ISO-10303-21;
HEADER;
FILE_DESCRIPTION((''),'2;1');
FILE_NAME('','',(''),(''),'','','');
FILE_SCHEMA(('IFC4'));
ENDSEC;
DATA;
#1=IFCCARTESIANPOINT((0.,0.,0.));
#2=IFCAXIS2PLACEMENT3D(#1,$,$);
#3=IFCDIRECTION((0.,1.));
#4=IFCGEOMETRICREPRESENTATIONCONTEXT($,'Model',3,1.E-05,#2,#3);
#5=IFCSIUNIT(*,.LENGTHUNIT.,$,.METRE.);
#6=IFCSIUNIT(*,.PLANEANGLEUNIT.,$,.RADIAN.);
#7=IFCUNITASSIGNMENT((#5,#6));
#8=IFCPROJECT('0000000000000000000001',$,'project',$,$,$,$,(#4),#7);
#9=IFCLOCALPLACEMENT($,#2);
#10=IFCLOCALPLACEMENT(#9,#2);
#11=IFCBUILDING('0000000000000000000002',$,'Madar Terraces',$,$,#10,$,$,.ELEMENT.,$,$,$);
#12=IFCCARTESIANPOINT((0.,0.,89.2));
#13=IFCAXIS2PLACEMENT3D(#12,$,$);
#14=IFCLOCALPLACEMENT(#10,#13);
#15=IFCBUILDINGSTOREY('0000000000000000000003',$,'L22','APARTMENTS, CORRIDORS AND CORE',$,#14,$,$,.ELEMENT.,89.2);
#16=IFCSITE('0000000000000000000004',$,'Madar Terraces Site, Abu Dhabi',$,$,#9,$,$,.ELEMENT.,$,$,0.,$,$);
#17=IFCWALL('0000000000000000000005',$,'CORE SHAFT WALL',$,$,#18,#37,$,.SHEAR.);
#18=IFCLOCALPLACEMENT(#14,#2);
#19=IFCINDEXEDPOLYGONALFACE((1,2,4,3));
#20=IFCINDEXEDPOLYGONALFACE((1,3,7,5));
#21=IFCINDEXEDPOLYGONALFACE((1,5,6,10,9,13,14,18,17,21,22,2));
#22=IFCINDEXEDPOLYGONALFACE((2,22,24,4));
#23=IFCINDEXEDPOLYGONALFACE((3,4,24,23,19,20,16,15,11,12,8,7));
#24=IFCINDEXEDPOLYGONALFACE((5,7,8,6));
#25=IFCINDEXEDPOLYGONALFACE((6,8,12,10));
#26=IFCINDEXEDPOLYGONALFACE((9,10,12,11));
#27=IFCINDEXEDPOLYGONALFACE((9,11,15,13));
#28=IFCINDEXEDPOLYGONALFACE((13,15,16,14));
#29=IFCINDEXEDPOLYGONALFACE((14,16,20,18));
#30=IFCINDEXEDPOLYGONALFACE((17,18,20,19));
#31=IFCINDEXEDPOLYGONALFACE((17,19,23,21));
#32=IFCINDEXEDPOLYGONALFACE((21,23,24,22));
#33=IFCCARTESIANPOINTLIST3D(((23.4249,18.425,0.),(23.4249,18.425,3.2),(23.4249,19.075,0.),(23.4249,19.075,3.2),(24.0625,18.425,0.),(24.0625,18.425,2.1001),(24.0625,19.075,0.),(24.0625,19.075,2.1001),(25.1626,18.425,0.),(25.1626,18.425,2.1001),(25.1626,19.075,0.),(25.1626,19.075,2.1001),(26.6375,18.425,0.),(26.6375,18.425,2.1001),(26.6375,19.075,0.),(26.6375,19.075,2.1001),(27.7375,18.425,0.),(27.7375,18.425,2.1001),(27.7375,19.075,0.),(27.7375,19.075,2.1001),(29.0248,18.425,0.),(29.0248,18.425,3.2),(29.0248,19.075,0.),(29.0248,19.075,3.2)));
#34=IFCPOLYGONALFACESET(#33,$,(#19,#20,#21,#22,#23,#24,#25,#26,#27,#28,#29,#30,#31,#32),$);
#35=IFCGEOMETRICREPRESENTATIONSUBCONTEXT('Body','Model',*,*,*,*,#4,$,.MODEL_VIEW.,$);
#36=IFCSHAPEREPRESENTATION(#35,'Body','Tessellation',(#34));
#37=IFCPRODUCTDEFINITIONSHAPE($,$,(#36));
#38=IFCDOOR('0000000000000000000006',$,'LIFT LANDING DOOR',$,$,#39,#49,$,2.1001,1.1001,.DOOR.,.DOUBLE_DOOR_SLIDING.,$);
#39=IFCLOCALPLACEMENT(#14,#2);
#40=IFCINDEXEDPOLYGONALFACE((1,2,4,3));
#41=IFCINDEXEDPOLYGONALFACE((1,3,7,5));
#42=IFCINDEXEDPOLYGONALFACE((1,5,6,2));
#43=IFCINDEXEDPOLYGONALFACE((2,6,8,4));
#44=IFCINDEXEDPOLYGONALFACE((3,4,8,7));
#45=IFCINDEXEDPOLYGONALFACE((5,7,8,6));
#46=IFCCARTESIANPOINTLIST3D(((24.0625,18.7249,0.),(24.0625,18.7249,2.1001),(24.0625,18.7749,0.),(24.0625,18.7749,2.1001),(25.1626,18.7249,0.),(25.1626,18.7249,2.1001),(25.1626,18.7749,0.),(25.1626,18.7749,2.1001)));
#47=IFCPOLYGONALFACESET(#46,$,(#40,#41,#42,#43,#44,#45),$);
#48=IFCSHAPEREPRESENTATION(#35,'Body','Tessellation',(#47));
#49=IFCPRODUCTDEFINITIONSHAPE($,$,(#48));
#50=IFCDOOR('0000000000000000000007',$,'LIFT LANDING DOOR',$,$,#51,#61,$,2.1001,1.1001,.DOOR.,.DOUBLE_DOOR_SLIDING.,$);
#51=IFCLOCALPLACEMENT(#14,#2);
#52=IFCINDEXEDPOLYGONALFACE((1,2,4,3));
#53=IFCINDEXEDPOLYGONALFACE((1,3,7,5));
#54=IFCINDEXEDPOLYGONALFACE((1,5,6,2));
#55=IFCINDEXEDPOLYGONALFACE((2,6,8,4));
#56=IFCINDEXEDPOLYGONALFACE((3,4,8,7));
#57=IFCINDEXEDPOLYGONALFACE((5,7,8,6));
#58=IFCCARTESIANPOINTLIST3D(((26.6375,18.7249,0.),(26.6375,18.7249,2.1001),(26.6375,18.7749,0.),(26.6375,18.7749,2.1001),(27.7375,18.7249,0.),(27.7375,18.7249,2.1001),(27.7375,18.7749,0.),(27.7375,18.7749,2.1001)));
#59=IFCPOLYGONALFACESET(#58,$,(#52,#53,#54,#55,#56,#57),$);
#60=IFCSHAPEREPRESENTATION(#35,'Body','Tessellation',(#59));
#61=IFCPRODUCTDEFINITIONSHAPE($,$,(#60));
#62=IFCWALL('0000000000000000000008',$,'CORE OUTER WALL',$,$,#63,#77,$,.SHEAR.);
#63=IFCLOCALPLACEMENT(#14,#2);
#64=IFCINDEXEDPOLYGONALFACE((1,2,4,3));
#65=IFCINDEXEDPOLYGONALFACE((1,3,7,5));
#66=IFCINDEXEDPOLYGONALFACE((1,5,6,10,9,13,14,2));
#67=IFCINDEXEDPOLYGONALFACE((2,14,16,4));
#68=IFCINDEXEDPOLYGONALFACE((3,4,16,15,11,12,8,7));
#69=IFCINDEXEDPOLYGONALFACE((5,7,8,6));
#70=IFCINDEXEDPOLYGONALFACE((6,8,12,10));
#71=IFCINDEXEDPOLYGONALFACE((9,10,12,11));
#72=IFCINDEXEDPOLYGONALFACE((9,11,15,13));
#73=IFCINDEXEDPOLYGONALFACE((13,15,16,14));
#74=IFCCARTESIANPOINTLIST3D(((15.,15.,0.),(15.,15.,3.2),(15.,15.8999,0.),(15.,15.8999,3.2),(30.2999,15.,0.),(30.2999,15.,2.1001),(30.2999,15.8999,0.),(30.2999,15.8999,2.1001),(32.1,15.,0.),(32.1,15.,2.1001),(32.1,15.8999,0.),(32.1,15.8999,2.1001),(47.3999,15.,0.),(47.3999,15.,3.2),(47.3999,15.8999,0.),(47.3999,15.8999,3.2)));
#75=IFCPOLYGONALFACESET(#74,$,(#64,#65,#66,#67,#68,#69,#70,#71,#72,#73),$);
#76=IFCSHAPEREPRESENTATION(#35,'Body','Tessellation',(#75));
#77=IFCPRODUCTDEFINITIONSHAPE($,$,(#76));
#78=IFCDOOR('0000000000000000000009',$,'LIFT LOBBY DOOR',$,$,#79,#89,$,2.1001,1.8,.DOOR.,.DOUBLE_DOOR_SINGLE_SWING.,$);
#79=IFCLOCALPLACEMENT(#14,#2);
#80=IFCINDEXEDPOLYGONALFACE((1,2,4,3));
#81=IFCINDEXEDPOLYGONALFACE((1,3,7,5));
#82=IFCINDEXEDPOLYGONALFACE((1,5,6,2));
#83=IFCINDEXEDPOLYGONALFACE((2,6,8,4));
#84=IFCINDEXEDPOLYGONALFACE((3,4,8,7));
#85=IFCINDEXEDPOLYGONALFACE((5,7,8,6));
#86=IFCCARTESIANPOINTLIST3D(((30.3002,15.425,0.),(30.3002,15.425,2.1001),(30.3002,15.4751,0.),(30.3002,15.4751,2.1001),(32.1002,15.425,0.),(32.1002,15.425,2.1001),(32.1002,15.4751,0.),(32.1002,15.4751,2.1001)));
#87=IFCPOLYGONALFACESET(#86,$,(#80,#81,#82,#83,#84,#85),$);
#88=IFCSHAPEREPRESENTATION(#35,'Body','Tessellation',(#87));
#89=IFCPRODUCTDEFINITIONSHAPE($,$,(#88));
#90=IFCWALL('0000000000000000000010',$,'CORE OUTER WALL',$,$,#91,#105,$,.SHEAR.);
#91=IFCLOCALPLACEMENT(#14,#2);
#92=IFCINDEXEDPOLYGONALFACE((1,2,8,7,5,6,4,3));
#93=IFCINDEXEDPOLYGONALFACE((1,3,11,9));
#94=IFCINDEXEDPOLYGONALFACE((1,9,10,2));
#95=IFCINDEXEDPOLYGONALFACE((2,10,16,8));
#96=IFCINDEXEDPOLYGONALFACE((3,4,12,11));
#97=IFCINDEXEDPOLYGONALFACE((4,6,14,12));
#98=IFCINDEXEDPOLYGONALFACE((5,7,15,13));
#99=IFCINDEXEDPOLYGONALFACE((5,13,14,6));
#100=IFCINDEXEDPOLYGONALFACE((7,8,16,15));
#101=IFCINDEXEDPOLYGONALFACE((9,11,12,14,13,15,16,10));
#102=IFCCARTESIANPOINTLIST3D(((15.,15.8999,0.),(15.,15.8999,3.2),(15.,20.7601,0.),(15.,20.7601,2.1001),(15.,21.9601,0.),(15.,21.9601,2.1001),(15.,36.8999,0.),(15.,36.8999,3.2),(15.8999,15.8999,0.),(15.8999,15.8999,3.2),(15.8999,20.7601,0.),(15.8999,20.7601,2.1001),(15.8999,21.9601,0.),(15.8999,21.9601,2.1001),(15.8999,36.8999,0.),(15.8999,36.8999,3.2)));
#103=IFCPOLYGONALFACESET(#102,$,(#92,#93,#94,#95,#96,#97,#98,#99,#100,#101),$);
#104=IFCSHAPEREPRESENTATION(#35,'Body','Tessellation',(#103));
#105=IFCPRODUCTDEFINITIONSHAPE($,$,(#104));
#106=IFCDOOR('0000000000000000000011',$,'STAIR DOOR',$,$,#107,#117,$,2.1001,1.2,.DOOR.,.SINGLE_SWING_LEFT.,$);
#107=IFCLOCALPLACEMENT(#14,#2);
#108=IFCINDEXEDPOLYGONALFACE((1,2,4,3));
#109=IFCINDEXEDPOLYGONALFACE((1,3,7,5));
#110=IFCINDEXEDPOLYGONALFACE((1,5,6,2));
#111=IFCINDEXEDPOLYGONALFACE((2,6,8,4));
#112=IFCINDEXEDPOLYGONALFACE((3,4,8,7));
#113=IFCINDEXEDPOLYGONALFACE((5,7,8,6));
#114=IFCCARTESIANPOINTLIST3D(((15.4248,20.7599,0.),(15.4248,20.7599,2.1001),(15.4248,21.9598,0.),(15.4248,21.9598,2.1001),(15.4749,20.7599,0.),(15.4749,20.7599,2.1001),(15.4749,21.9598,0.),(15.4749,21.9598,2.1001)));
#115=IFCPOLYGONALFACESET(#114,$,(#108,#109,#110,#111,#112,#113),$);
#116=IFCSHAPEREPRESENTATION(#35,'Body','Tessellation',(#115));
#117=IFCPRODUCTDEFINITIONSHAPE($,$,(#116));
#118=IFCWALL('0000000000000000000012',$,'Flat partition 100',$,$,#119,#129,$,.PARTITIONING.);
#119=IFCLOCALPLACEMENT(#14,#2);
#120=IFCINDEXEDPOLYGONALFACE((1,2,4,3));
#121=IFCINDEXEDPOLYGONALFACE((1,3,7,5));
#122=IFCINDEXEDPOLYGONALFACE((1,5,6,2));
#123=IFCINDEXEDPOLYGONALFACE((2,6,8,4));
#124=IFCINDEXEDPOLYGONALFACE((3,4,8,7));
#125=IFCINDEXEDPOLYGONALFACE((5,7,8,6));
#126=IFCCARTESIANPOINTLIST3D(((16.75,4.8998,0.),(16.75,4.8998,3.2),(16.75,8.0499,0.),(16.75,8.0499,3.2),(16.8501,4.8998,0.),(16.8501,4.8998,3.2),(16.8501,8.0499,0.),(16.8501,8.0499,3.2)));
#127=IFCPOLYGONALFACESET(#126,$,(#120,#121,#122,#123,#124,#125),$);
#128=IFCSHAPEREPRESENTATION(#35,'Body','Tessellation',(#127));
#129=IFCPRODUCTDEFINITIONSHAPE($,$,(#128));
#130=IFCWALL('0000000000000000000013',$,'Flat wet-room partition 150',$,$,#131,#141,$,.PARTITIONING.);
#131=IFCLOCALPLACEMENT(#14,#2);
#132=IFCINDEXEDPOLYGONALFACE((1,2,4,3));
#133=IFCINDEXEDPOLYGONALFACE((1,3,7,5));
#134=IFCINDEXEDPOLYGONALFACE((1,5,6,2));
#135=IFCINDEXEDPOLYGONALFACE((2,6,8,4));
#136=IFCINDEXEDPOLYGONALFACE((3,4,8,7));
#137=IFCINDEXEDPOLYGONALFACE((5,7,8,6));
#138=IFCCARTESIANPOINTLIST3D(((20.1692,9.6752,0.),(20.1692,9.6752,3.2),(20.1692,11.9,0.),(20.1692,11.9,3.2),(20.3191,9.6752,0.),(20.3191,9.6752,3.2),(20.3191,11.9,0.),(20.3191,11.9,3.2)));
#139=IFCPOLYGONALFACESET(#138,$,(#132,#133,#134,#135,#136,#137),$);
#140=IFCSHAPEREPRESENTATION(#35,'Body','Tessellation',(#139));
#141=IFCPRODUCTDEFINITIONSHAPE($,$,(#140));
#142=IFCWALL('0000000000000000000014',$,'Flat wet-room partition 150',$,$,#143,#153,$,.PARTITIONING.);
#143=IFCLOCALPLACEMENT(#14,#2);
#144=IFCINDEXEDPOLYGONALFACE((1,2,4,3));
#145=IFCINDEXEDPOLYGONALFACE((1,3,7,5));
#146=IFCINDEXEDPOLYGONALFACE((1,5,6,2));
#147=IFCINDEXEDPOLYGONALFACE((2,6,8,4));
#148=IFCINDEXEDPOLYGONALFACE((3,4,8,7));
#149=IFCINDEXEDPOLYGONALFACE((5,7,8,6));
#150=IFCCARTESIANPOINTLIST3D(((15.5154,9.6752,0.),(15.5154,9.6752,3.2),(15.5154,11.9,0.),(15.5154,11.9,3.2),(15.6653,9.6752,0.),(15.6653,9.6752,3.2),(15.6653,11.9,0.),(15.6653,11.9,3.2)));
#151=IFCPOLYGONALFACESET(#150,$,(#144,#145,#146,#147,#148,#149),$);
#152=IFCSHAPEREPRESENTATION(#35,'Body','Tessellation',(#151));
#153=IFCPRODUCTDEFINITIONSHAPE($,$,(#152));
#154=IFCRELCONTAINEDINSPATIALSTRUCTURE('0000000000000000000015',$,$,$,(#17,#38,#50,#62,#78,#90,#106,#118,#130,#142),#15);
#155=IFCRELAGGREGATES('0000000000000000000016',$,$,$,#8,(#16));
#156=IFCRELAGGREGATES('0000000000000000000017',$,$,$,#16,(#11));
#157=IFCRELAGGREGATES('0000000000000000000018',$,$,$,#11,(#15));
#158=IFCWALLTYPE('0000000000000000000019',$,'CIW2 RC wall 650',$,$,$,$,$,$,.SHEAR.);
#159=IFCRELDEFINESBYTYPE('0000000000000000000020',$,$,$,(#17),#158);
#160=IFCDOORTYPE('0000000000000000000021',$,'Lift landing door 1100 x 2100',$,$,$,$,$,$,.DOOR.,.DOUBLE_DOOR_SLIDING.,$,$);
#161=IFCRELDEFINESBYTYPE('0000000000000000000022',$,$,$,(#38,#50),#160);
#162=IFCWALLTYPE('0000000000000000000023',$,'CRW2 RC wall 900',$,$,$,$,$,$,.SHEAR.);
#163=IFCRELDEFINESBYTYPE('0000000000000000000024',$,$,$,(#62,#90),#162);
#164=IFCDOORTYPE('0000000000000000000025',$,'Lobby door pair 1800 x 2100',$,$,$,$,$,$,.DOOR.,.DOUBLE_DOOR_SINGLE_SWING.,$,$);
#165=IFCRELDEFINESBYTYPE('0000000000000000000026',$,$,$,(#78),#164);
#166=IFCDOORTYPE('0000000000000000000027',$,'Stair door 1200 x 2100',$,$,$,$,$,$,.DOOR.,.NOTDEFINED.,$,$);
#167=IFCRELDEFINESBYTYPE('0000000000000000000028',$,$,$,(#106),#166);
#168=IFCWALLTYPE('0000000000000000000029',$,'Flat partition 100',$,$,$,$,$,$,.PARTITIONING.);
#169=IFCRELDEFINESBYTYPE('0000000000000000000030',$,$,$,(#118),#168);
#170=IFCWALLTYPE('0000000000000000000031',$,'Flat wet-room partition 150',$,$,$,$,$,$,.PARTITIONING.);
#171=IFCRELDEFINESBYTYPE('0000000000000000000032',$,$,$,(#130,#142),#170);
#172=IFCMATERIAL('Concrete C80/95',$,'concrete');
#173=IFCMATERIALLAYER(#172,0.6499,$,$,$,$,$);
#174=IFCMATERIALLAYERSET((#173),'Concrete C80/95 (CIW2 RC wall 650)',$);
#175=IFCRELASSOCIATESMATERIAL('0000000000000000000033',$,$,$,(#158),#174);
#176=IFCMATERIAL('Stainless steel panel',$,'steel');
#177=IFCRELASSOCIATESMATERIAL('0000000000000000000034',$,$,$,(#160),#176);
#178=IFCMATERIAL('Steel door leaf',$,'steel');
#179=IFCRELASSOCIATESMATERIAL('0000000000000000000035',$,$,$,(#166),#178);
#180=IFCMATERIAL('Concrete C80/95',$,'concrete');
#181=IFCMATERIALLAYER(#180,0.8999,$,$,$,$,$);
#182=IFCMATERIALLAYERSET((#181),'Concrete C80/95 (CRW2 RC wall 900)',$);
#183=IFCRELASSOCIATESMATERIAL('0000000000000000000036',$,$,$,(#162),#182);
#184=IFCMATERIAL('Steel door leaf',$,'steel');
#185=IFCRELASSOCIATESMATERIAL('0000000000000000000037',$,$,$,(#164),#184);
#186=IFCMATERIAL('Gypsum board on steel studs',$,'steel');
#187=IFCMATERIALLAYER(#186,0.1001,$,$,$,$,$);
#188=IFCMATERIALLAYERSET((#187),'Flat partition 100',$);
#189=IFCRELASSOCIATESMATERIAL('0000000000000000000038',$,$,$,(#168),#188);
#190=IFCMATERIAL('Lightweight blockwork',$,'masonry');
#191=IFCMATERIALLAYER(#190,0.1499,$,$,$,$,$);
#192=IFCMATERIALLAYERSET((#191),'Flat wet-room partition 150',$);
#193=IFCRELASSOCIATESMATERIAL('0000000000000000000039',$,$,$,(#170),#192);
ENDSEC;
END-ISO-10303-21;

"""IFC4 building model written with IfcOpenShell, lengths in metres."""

from ifc_helpers import new_model, si_unit, direction, frame, frame_2d, origin, place, context, subcontext, project, spatial, rectangle, extrude, material, layer, layer_set, type_object, element, fill, save


model = new_model("IFC4")

# Units and contexts
model_context = context("Model", 3, precision=1e-05, world=origin(), true_north=direction((0.0, 1.0)))
body_context = subcontext(model_context, "Body", "Model", "MODEL_VIEW")
ifc_project = project(units=[si_unit("LENGTHUNIT", "METRE"), si_unit("PLANEANGLEUNIT", "RADIAN")], contexts=[model_context])

# Site, building, storey
site_placement = place(None, origin())
site = spatial("IfcSite", under=ifc_project, at=site_placement, Name="Madar Terraces Site, Abu Dhabi", CompositionType="ELEMENT", RefElevation=0.0)
building_placement = place(site_placement, origin())
building = spatial("IfcBuilding", under=site, at=building_placement, Name="Madar Terraces", CompositionType="ELEMENT")
storey_placement = place(building_placement, frame((0.0, 0.0, 89.2)))
storey = spatial("IfcBuildingStorey", under=building, at=storey_placement, Name="L22", Description="APARTMENTS, CORRIDORS AND CORE", CompositionType="ELEMENT", Elevation=89.2)

# Shared definitions
ifc_material_1 = material(Name="Concrete C80/95", Category="concrete")
ifc_layer_1 = layer(ifc_material_1, 0.6499)
ifc_layer_set_1 = layer_set([ifc_layer_1], Name="Concrete C80/95 (CIW2 RC wall 650)")
wall_type_1 = type_object("IfcWallType", Name="CIW2 RC wall 650", PredefinedType="SHEAR", material=ifc_layer_set_1)
ifc_material_2 = material(Name="Stainless steel panel", Category="steel")
door_type_1 = type_object("IfcDoorType", Name="Lift landing door 1100 x 2100", OperationType="DOUBLE_DOOR_SLIDING", PredefinedType="DOOR", material=ifc_material_2)
ifc_material_3 = material(Name="Steel door leaf", Category="steel")
door_type_2 = type_object("IfcDoorType", Name="Stair door 1200 x 2100", OperationType="NOTDEFINED", PredefinedType="DOOR", material=ifc_material_3)

# Wall, openings, doors
wall_1_placement = place(storey_placement, frame((23.425, 18.75, 0.0), z_axis=(0.0, 0.0, 1.0), x_axis=(1.0, 0.0, 0.0)))
wall_1 = element("IfcWall", 1, at=wall_1_placement, inside=storey, type_object=wall_type_1, Name="CORE SHAFT WALL", PredefinedType="SHEAR", context=body_context, shape_type="SweptSolid", body=[
    extrude(rectangle(XDim=5.5999, YDim=0.6499, at=frame_2d((2.7998, 0.0))), origin(), (0.0, 0.0, 1.0), 3.2),
])
opening_1_placement = place(wall_1_placement, frame((0.6375, 0.0, 0.0)))
opening_1 = element("IfcOpeningElement", 2, at=opening_1_placement, cuts=wall_1, PredefinedType="OPENING", context=body_context, shape_type="SweptSolid", body=[
    extrude(rectangle(XDim=1.1001, YDim=2.1001, at=frame_2d((0.55, 1.05))), frame((0.0, 0.335, 0.0), z_axis=(0.0, -1.0, 0.0), x_axis=(1.0, 0.0, 0.0)), (0.0, 0.0, 1.0), 0.6699),
])
opening_2_placement = place(wall_1_placement, frame((3.2124, 0.0, 0.0)))
opening_2 = element("IfcOpeningElement", 3, at=opening_2_placement, cuts=wall_1, PredefinedType="OPENING", context=body_context, shape_type="SweptSolid", body=[
    extrude(rectangle(XDim=1.1001, YDim=2.1001, at=frame_2d((0.55, 1.05))), frame((0.0, 0.335, 0.0), z_axis=(0.0, -1.0, 0.0), x_axis=(1.0, 0.0, 0.0)), (0.0, 0.0, 1.0), 0.6699),
])
door_1_placement = place(opening_1_placement, origin())
door_1 = element("IfcDoor", 4, at=door_1_placement, inside=storey, type_object=door_type_1, Name="LIFT LANDING DOOR", OperationType="DOUBLE_DOOR_SLIDING", OverallHeight=2.1001, OverallWidth=1.1001, PredefinedType="DOOR", context=body_context, shape_type="SweptSolid", body=[
    extrude(rectangle(XDim=1.1001, YDim=2.1001, at=frame_2d((0.55, 1.05))), frame((0.0, 0.0249, 0.0), z_axis=(0.0, -1.0, 0.0), x_axis=(1.0, 0.0, 0.0)), (0.0, 0.0, 1.0), 0.05),
])
fill(opening_1, door_1)
door_2_placement = place(opening_2_placement, origin())
door_2 = element("IfcDoor", 5, at=door_2_placement, inside=storey, type_object=door_type_1, Name="LIFT LANDING DOOR", OperationType="DOUBLE_DOOR_SLIDING", OverallHeight=2.1001, OverallWidth=1.1001, PredefinedType="DOOR", context=body_context, shape_type="SweptSolid", body=[
    extrude(rectangle(XDim=1.1001, YDim=2.1001, at=frame_2d((0.55, 1.05))), frame((0.0, 0.0249, 0.0), z_axis=(0.0, -1.0, 0.0), x_axis=(1.0, 0.0, 0.0)), (0.0, 0.0, 1.0), 0.05),
])
fill(opening_2, door_2)

# Walls, openings, doors
ifc_material_4 = material(Name="Concrete C80/95", Category="concrete")
ifc_layer_2 = layer(ifc_material_4, 0.8999)
ifc_layer_set_2 = layer_set([ifc_layer_2], Name="Concrete C80/95 (CRW2 RC wall 900)")
wall_type_2 = type_object("IfcWallType", Name="CRW2 RC wall 900", PredefinedType="SHEAR", material=ifc_layer_set_2)
wall_2_placement = place(storey_placement, frame((15.0, 15.45, 0.0), z_axis=(0.0, 0.0, 1.0), x_axis=(1.0, 0.0, 0.0)))
wall_2 = element("IfcWall", 6, at=wall_2_placement, inside=storey, type_object=wall_type_2, Name="CORE OUTER WALL", PredefinedType="SHEAR", context=body_context, shape_type="SweptSolid", body=[
    extrude(rectangle(XDim=32.3999, YDim=0.8999, at=frame_2d((16.2, 0.0))), origin(), (0.0, 0.0, 1.0), 3.2),
])
opening_3_placement = place(wall_2_placement, frame((15.3, 0.0, 0.0)))
opening_3 = element("IfcOpeningElement", 7, at=opening_3_placement, cuts=wall_2, PredefinedType="OPENING", context=body_context, shape_type="SweptSolid", body=[
    extrude(rectangle(XDim=1.8, YDim=2.1001, at=frame_2d((0.8999, 1.05))), frame((0.0, 0.46, 0.0), z_axis=(0.0, -1.0, 0.0), x_axis=(1.0, 0.0, 0.0)), (0.0, 0.0, 1.0), 0.9199),
])
ifc_material_5 = material(Name="Steel door leaf", Category="steel")
door_type_3 = type_object("IfcDoorType", Name="Lobby door pair 1800 x 2100", OperationType="DOUBLE_DOOR_SINGLE_SWING", PredefinedType="DOOR", material=ifc_material_5)
door_3_placement = place(opening_3_placement, frame((1.8, 0.0, 0.0), z_axis=(0.0, 0.0, 1.0), x_axis=(-1.0, 0.0, 0.0)))
door_3 = element("IfcDoor", 8, at=door_3_placement, inside=storey, type_object=door_type_3, Name="LIFT LOBBY DOOR", OperationType="DOUBLE_DOOR_SINGLE_SWING", OverallHeight=2.1001, OverallWidth=1.8, PredefinedType="DOOR", context=body_context, shape_type="SweptSolid", body=[
    extrude(rectangle(XDim=1.8, YDim=2.1001, at=frame_2d((0.8999, 1.05))), frame((0.0, 0.0249, 0.0), z_axis=(0.0, -1.0, 0.0), x_axis=(1.0, 0.0, 0.0)), (0.0, 0.0, 1.0), 0.05),
])
fill(opening_3, door_3)
wall_3_placement = place(storey_placement, frame((15.45, 15.8999, 0.0), z_axis=(0.0, 0.0, 1.0), x_axis=(0.0, 1.0, 0.0)))
wall_3 = element("IfcWall", 9, at=wall_3_placement, inside=storey, type_object=wall_type_2, Name="CORE OUTER WALL", PredefinedType="SHEAR", context=body_context, shape_type="SweptSolid", body=[
    extrude(rectangle(XDim=21.0, YDim=0.8999, at=frame_2d((10.5, 0.0))), origin(), (0.0, 0.0, 1.0), 3.2),
])
opening_4_placement = place(wall_3_placement, frame((4.8601, 0.0, 0.0)))
opening_4 = element("IfcOpeningElement", 10, at=opening_4_placement, cuts=wall_3, PredefinedType="OPENING", context=body_context, shape_type="SweptSolid", body=[
    extrude(rectangle(XDim=1.2, YDim=2.1001, at=frame_2d((0.6001, 1.05))), frame((0.0, 0.46, 0.0), z_axis=(0.0, -1.0, 0.0), x_axis=(1.0, 0.0, 0.0)), (0.0, 0.0, 1.0), 0.9199),
])
door_4_placement = place(opening_4_placement, frame((1.2, 0.0, 0.0), z_axis=(0.0, 0.0, 1.0), x_axis=(-1.0, 0.0, 0.0)))
door_4 = element("IfcDoor", 11, at=door_4_placement, inside=storey, type_object=door_type_2, Name="STAIR DOOR", OperationType="SINGLE_SWING_LEFT", OverallHeight=2.1001, OverallWidth=1.2, PredefinedType="DOOR", context=body_context, shape_type="SweptSolid", body=[
    extrude(rectangle(XDim=1.2, YDim=2.1001, at=frame_2d((0.6001, 1.05))), frame((0.0, 0.0249, 0.0), z_axis=(0.0, -1.0, 0.0), x_axis=(1.0, 0.0, 0.0)), (0.0, 0.0, 1.0), 0.05),
])
fill(opening_4, door_4)

# Walls
ifc_material_6 = material(Name="Gypsum board on steel studs", Category="steel")
ifc_layer_3 = layer(ifc_material_6, 0.1001)
ifc_layer_set_3 = layer_set([ifc_layer_3], Name="Flat partition 100")
wall_type_3 = type_object("IfcWallType", Name="Flat partition 100", PredefinedType="PARTITIONING", material=ifc_layer_set_3)
wall_4_placement = place(storey_placement, frame((16.8, 8.05, 0.0), z_axis=(0.0, 0.0, 1.0), x_axis=(0.0, -1.0, 0.0)))
element("IfcWall", 12, at=wall_4_placement, inside=storey, type_object=wall_type_3, Name="Flat partition 100", PredefinedType="PARTITIONING", context=body_context, shape_type="SweptSolid", body=[
    extrude(rectangle(XDim=3.1501, YDim=0.1001, at=frame_2d((1.5752, 0.0))), origin(), (0.0, 0.0, 1.0), 3.2),
])
ifc_material_7 = material(Name="Lightweight blockwork", Category="masonry")
ifc_layer_4 = layer(ifc_material_7, 0.1499)
ifc_layer_set_4 = layer_set([ifc_layer_4], Name="Flat wet-room partition 150")
wall_type_4 = type_object("IfcWallType", Name="Flat wet-room partition 150", PredefinedType="PARTITIONING", material=ifc_layer_set_4)
for number, where, z_axis, x_axis, name in (
    (13, (20.2441, 11.8999, 0.0), (0.0, 0.0, 1.0), (0.0, -1.0, 0.0), "Flat wet-room partition 150"),
    (14, (15.5903, 11.8999, 0.0), (0.0, 0.0, 1.0), (0.0, -1.0, 0.0), "Flat wet-room partition 150"),
):
    element("IfcWall", number, at=place(storey_placement, frame(where, z_axis=z_axis, x_axis=x_axis)), inside=storey, type_object=wall_type_4, Name=name, PredefinedType="PARTITIONING", context=body_context, shape_type="SweptSolid", body=[
        extrude(rectangle(XDim=2.2249, YDim=0.1499, at=frame_2d((1.1123, 0.0))), origin(), (0.0, 0.0, 1.0), 3.2),
    ])

save(model, "model.ifc")
